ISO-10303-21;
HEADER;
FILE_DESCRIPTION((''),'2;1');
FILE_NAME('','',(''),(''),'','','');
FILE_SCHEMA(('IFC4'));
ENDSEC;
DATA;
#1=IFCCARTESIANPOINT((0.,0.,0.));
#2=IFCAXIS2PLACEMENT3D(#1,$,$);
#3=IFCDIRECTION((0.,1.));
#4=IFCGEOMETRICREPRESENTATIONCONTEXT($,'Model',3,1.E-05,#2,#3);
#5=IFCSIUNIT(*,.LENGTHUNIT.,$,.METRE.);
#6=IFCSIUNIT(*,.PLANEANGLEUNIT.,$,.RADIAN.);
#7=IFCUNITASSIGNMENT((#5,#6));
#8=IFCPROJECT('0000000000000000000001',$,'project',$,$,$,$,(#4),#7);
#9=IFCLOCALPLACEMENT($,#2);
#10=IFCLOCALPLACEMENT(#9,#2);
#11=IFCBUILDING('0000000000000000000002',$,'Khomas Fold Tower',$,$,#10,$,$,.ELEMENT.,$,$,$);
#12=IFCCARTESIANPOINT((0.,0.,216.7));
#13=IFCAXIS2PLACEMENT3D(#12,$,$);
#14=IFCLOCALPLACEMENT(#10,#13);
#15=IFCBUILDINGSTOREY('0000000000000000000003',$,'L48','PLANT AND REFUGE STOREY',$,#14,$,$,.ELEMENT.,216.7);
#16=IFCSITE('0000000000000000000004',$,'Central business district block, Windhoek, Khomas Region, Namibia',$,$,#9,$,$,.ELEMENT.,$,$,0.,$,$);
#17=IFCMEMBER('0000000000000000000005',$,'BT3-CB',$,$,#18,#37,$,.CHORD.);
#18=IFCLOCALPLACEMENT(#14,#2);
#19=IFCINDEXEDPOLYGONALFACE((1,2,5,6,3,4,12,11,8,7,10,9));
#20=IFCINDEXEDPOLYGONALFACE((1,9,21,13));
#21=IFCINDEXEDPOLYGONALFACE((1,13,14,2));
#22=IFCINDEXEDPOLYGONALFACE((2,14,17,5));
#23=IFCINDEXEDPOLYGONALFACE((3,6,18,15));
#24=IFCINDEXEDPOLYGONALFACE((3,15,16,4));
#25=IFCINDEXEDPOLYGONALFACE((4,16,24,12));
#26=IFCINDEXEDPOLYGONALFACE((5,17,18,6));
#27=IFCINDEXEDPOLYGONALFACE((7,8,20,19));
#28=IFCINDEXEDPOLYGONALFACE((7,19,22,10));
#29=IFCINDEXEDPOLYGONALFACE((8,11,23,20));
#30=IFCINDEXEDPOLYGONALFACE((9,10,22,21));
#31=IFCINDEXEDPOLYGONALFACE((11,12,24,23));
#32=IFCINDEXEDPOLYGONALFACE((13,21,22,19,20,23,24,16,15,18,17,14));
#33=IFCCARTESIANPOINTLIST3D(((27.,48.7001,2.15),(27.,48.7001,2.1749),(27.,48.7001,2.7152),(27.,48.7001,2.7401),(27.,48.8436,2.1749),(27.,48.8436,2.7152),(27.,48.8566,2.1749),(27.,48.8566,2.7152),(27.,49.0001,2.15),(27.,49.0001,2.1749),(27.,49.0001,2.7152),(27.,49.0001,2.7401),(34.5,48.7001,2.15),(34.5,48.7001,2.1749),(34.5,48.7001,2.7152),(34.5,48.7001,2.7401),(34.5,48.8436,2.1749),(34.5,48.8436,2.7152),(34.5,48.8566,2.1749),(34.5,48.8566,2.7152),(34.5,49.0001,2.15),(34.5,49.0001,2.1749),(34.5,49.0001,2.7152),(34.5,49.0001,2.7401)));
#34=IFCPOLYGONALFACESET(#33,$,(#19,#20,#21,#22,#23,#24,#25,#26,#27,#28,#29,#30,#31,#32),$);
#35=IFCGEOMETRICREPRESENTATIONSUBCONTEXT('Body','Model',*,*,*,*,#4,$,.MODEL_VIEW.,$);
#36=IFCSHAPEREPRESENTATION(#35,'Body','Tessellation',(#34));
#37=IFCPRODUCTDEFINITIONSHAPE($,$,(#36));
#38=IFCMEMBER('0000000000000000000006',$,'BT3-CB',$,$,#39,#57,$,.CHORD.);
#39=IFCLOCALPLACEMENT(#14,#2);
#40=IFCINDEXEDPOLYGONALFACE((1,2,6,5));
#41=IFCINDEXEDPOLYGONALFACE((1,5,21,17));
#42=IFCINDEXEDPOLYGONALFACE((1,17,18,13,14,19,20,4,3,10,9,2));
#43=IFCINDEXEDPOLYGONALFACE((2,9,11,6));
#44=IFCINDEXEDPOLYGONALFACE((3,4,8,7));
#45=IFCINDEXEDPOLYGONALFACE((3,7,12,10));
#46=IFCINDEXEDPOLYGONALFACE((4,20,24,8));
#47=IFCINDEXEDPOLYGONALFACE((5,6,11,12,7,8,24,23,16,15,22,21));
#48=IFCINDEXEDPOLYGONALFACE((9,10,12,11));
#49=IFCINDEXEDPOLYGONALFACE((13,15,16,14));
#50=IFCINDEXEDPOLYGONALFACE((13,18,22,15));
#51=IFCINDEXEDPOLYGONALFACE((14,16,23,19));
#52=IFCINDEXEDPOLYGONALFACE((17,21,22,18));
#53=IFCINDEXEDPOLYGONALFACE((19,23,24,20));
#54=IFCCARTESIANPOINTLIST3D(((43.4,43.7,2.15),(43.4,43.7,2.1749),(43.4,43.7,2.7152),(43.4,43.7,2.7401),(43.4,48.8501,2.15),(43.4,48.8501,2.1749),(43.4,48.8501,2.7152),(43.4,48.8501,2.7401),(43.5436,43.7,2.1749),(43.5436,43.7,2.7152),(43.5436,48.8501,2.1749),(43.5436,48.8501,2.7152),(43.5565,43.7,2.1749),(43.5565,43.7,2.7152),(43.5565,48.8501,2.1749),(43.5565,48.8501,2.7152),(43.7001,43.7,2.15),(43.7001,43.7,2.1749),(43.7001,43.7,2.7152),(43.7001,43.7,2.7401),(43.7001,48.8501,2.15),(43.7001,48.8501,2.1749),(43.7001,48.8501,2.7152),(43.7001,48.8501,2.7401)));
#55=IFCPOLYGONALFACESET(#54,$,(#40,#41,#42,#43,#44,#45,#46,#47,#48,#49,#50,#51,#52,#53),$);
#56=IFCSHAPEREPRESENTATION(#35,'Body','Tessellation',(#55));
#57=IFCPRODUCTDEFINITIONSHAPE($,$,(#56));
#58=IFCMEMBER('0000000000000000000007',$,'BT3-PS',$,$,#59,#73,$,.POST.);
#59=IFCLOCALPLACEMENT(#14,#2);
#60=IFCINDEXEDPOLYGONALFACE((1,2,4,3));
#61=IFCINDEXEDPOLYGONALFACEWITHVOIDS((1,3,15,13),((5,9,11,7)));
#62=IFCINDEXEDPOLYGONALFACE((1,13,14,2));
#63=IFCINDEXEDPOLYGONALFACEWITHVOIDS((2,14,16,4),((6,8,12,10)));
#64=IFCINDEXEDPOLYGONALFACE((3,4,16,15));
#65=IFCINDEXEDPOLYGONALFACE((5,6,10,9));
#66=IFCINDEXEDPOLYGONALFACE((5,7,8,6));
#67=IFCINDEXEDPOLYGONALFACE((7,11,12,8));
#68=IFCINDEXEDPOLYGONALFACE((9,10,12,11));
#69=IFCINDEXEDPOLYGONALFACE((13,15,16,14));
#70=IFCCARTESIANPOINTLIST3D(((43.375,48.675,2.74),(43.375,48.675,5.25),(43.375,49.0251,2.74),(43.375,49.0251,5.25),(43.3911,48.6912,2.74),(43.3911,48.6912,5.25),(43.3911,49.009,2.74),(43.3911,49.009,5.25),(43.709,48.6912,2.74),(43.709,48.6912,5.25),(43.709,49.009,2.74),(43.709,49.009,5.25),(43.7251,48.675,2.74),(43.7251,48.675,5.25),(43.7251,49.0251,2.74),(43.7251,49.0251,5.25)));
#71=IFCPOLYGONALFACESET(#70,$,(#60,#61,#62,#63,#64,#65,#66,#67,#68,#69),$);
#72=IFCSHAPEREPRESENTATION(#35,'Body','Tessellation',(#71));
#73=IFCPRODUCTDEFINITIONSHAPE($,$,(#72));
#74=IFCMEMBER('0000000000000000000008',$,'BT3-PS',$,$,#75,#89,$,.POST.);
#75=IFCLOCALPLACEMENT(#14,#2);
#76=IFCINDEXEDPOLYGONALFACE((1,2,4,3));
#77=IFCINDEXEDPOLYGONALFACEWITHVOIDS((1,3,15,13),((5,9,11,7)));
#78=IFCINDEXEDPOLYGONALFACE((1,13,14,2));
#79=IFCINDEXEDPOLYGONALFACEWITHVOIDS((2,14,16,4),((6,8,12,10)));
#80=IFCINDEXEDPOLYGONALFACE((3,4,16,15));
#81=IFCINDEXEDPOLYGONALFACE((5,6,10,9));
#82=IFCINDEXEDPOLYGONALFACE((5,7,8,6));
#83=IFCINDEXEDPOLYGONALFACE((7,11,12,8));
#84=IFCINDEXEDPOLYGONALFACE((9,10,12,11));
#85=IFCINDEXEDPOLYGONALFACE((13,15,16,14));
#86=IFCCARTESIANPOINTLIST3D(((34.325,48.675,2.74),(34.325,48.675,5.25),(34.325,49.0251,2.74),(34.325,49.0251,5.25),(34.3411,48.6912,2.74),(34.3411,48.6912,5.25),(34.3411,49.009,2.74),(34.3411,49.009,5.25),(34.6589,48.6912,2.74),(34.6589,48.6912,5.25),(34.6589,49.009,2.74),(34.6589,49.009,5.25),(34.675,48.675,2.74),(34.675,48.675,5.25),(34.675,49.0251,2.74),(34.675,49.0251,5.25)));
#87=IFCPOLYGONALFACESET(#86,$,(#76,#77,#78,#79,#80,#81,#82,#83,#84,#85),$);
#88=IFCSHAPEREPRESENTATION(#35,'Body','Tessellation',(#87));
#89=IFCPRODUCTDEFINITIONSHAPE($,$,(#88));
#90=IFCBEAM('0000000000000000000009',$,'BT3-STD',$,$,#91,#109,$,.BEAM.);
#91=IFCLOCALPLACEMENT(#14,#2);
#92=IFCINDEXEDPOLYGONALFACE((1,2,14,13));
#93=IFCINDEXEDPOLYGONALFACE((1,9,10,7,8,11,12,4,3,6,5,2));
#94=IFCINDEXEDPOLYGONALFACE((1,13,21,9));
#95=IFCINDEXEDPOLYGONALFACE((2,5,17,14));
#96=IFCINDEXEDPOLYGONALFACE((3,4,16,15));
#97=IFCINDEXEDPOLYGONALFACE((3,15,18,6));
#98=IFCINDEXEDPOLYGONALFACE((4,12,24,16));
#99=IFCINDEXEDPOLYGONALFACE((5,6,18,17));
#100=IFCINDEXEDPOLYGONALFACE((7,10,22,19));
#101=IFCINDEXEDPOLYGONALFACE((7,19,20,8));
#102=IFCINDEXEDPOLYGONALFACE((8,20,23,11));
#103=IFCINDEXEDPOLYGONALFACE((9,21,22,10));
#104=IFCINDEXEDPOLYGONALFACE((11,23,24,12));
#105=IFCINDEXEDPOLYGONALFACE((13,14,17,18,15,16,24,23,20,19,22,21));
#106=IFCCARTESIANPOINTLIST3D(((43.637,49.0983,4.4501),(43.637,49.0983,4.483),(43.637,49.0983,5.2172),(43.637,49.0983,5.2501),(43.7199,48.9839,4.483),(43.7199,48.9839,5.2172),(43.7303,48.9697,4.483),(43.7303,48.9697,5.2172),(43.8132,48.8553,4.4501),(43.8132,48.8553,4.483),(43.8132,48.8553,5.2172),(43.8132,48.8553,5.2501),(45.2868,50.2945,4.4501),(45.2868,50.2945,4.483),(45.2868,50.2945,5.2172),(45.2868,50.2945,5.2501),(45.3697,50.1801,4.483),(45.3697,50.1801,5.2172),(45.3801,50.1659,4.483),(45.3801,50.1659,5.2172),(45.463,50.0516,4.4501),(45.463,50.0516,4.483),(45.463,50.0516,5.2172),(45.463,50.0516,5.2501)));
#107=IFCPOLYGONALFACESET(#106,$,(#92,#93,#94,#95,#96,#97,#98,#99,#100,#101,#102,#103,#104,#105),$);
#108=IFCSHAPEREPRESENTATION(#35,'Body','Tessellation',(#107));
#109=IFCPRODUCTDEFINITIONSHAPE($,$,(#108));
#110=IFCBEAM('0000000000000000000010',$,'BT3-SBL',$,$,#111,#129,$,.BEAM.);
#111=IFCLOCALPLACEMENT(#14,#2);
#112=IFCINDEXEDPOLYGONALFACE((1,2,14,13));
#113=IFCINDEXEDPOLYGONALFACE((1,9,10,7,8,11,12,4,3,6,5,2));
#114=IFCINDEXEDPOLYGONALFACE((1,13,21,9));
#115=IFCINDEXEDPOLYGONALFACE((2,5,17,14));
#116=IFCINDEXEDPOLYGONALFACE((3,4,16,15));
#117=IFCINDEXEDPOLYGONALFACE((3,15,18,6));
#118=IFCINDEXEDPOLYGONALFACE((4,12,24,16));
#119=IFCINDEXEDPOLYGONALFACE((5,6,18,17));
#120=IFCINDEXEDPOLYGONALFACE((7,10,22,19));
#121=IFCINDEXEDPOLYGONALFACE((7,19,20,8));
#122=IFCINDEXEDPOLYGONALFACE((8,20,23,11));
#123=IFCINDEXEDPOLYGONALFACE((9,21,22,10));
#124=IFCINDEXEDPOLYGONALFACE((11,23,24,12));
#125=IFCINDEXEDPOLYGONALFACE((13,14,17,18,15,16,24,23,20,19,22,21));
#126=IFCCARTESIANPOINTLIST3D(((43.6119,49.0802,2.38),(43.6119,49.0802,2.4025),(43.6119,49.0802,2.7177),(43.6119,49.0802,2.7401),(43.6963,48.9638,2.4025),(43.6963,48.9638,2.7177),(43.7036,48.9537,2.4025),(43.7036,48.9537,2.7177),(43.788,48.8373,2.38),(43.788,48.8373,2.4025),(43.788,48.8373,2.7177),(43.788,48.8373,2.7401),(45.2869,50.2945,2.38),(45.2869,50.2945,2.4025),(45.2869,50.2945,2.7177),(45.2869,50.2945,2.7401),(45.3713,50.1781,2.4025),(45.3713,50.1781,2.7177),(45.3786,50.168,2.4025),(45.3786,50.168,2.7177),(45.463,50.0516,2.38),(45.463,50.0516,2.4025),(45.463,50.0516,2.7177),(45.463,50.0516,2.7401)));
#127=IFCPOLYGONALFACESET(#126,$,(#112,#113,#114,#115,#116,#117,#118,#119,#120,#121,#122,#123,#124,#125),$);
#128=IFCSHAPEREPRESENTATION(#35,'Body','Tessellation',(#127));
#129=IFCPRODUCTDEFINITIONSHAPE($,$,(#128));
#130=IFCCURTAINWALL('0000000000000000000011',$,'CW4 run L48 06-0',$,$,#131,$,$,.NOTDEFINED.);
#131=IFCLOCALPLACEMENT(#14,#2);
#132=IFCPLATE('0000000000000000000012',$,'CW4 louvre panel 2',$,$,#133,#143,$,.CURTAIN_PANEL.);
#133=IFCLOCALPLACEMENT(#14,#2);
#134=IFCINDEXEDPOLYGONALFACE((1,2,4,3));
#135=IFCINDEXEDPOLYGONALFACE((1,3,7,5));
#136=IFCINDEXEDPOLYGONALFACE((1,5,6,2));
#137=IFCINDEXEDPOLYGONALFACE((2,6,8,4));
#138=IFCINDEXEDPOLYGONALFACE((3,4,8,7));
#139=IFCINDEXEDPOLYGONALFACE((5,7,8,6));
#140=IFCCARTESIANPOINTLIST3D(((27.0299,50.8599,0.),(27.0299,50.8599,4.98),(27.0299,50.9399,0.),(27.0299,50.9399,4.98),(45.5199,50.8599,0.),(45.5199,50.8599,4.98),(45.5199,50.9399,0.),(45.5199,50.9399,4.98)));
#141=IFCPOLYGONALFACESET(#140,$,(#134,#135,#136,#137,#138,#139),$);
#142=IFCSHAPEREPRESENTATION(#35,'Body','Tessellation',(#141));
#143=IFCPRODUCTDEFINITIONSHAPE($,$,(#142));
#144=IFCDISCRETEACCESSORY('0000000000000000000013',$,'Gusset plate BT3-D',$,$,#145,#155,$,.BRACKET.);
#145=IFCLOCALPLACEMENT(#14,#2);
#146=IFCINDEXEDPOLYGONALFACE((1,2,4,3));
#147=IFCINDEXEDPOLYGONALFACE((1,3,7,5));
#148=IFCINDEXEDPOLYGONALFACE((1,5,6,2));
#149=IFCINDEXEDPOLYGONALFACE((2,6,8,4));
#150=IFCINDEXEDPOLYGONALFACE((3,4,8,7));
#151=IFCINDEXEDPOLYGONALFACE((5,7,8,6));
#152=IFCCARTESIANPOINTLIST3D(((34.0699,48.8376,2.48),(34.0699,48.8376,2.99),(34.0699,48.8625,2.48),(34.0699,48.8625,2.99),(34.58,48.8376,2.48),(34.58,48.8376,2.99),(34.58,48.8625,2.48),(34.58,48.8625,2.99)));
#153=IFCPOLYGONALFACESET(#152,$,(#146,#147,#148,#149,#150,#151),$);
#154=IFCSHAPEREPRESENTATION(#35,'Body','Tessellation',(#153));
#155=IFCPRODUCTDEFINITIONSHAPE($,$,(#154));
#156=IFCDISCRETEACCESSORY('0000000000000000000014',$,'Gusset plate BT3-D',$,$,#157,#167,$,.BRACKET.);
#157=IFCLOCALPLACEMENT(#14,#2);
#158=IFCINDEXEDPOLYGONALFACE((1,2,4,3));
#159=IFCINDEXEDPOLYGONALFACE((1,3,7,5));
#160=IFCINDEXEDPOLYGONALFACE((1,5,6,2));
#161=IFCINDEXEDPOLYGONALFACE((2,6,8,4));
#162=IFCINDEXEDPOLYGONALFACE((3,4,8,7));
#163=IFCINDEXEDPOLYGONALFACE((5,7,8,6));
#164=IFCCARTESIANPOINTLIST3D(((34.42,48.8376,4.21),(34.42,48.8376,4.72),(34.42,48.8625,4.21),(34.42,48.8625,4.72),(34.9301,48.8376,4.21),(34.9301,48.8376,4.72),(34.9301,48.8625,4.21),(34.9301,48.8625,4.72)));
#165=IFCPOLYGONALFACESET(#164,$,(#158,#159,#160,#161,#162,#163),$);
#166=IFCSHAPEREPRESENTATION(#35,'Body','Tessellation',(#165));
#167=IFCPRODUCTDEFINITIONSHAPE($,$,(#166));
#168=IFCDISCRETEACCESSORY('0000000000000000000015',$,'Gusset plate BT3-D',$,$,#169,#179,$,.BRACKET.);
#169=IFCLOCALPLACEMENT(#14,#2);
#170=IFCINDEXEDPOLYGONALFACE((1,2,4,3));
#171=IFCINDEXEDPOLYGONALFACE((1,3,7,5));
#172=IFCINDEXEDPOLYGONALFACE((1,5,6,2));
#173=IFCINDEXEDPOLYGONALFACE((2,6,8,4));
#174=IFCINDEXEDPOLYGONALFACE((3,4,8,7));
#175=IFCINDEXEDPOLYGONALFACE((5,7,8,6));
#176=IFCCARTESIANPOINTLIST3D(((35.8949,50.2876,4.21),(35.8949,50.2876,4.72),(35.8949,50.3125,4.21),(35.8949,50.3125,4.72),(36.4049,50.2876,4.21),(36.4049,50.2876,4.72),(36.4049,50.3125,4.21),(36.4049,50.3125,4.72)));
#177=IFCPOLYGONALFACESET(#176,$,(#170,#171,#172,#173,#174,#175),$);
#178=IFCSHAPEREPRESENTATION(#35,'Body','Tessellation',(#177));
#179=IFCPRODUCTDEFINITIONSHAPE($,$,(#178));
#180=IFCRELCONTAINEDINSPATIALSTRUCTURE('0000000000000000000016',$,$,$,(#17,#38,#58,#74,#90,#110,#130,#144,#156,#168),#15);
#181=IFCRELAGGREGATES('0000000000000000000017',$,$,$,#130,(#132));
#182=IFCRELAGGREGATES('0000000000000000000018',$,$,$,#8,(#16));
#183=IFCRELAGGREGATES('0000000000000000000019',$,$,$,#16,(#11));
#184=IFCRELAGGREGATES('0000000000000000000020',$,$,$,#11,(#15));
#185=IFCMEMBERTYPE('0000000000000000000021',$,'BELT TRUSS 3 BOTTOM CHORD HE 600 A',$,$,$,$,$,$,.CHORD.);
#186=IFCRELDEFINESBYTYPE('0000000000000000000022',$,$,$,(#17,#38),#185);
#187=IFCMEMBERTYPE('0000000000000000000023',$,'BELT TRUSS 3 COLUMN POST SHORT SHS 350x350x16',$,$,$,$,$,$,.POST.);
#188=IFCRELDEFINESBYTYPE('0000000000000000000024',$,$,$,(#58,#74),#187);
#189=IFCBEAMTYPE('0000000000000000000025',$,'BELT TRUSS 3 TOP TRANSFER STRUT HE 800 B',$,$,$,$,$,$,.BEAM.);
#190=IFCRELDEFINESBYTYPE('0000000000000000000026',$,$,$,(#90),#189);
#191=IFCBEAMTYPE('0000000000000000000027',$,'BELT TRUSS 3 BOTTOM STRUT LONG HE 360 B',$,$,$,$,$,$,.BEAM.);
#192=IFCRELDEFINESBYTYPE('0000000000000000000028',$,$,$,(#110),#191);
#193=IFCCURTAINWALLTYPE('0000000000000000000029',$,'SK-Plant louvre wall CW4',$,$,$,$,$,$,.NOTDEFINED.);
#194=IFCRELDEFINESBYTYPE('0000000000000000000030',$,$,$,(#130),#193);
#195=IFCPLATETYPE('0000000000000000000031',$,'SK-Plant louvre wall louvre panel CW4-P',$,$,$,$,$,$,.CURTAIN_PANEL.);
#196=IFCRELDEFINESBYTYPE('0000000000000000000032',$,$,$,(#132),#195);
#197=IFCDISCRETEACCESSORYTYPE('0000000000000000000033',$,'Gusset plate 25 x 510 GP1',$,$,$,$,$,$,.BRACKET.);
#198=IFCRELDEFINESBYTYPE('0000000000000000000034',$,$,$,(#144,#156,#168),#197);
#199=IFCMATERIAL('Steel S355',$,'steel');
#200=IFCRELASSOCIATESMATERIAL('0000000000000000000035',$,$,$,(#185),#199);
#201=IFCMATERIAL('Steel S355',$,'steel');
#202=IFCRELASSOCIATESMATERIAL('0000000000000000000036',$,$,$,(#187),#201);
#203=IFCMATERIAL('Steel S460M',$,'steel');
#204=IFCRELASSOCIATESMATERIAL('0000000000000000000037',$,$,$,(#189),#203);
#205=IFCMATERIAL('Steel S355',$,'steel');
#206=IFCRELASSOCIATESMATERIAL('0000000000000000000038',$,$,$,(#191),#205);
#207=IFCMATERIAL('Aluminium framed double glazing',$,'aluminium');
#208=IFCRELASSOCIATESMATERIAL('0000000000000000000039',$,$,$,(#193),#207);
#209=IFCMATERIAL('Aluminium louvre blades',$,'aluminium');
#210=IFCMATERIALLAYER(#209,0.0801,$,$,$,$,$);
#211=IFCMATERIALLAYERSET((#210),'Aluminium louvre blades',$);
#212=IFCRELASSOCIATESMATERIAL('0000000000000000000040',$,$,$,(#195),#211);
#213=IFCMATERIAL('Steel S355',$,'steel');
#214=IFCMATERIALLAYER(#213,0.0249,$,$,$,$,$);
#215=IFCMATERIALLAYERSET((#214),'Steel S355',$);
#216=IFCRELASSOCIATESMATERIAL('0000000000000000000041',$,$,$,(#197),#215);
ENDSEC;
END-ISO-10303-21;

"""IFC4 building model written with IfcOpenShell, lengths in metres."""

from ifc_helpers import new_model, si_unit, direction, frame, origin, origin_2d, place, context, subcontext, project, spatial, rectangle, hollow_rectangle, i_section, extrude, source, transform, mapped, material, layer, layer_set, material_profile, profile_set, type_object, element, aggregate, save


model = new_model("IFC4")

# Units and contexts
model_context = context("Model", 3, precision=1e-05, world=origin(), true_north=direction((0.0, 1.0)))
body_context = subcontext(model_context, "Body", "Model", "MODEL_VIEW")
ifc_project = project(units=[si_unit("LENGTHUNIT", "METRE"), si_unit("PLANEANGLEUNIT", "RADIAN")], contexts=[model_context])

# Site, building, storey
site_placement = place(None, origin())
site = spatial("IfcSite", under=ifc_project, at=site_placement, Name="Central business district block, Windhoek, Khomas Region, Namibia", CompositionType="ELEMENT", RefElevation=0.0)
building_placement = place(site_placement, origin())
building = spatial("IfcBuilding", under=site, at=building_placement, Name="Khomas Fold Tower", CompositionType="ELEMENT")
storey_placement = place(building_placement, frame((0.0, 0.0, 216.7)))
storey = spatial("IfcBuildingStorey", under=building, at=storey_placement, Name="L48", Description="PLANT AND REFUGE STOREY", CompositionType="ELEMENT", Elevation=216.7)

# Members
ifc_material_1 = material(Name="Steel S355", Category="steel")
ifc_material_profile_1 = material_profile(ifc_material_1, i_section(OverallWidth=0.3, OverallDepth=0.5901, WebThickness=0.0129, FlangeThickness=0.0249, at=origin_2d()), Name="HE 600 A")
ifc_profile_set_1 = profile_set([ifc_material_profile_1], Name="Steel S355")
member_type_1 = type_object("IfcMemberType", Name="BELT TRUSS 3 BOTTOM CHORD HE 600 A", PredefinedType="CHORD", material=ifc_profile_set_1)
shared_shape_1 = source(origin(), body_context, "Body", "SweptSolid", [
    extrude(i_section(OverallWidth=0.3, OverallDepth=0.5901, WebThickness=0.0129, FlangeThickness=0.0249, at=origin_2d()), origin(), (0.0, 0.0, 1.0), 7.5),
])
member_1_placement = place(storey_placement, frame((34.5, 48.8501, 2.4451), z_axis=(-1.0, 0.0, 0.0), x_axis=(0.0, -1.0, 0.0)))
element("IfcMember", 1, at=member_1_placement, inside=storey, type_object=member_type_1, Name="BT3-CB", PredefinedType="CHORD", context=body_context, shape_type="MappedRepresentation", body=[
    mapped(shared_shape_1, transform((0.0, 0.0, 0.0))),
])
shared_shape_2 = source(origin(), body_context, "Body", "SweptSolid", [
    extrude(i_section(OverallWidth=0.3, OverallDepth=0.5901, WebThickness=0.0129, FlangeThickness=0.0249, at=origin_2d()), origin(), (0.0, 0.0, 1.0), 5.1501),
])
member_2_placement = place(storey_placement, frame((43.55, 48.8501, 2.4451), z_axis=(0.0, -1.0, 0.0), x_axis=(1.0, 0.0, 0.0)))
element("IfcMember", 2, at=member_2_placement, inside=storey, type_object=member_type_1, Name="BT3-CB", PredefinedType="CHORD", context=body_context, shape_type="MappedRepresentation", body=[
    mapped(shared_shape_2, transform((0.0, 0.0, 0.0))),
])
ifc_material_2 = material(Name="Steel S355", Category="steel")
ifc_material_profile_2 = material_profile(ifc_material_2, hollow_rectangle(XDim=0.3501, YDim=0.3501, WallThickness=0.0161, at=origin_2d()), Name="SHS 350x350x16")
ifc_profile_set_2 = profile_set([ifc_material_profile_2], Name="Steel S355")
member_type_2 = type_object("IfcMemberType", Name="BELT TRUSS 3 COLUMN POST SHORT SHS 350x350x16", PredefinedType="POST", material=ifc_profile_set_2)
shared_shape_3 = source(origin(), body_context, "Body", "SweptSolid", [
    extrude(hollow_rectangle(XDim=0.3501, YDim=0.3501, WallThickness=0.0161, at=origin_2d()), origin(), (0.0, 0.0, 1.0), 2.51),
])
for number, where, z_axis, x_axis, name in (
    (3, (43.55, 48.8501, 2.74), (0.0, 0.0, 1.0), (1.0, 0.0, 0.0), "BT3-PS"),
    (4, (34.5, 48.8501, 2.74), (0.0, 0.0, 1.0), (1.0, 0.0, 0.0), "BT3-PS"),
):
    element("IfcMember", number, at=place(storey_placement, frame(where, z_axis=z_axis, x_axis=x_axis)), inside=storey, type_object=member_type_2, Name=name, PredefinedType="POST", context=body_context, shape_type="MappedRepresentation", body=[
        mapped(shared_shape_3, transform((0.0, 0.0, 0.0))),
    ])

# Beams
ifc_material_3 = material(Name="Steel S460M", Category="steel")
ifc_material_profile_3 = material_profile(ifc_material_3, i_section(OverallWidth=0.3, OverallDepth=0.8, WebThickness=0.0176, FlangeThickness=0.033, at=origin_2d()), Name="HE 800 B")
ifc_profile_set_3 = profile_set([ifc_material_profile_3], Name="Steel S460M")
beam_type_1 = type_object("IfcBeamType", Name="BELT TRUSS 3 TOP TRANSFER STRUT HE 800 B", PredefinedType="BEAM", material=ifc_profile_set_3)
shared_shape_4 = source(origin(), body_context, "Body", "SweptSolid", [
    extrude(i_section(OverallWidth=0.3, OverallDepth=0.8, WebThickness=0.0176, FlangeThickness=0.033, at=origin_2d()), origin(), (0.0, 0.0, 1.0), 2.0378),
])
beam_1_placement = place(storey_placement, frame((43.7251, 48.9768, 4.8501), z_axis=(0.809585, 0.587003, 0.0), x_axis=(-0.587003, 0.809585, 0.0)))
element("IfcBeam", 5, at=beam_1_placement, inside=storey, type_object=beam_type_1, Name="BT3-STD", PredefinedType="BEAM", context=body_context, shape_type="MappedRepresentation", body=[
    mapped(shared_shape_4, transform((0.0, 0.0, 0.0))),
])
ifc_material_4 = material(Name="Steel S355", Category="steel")
ifc_material_profile_4 = material_profile(ifc_material_4, i_section(OverallWidth=0.3, OverallDepth=0.3601, WebThickness=0.0125, FlangeThickness=0.0225, at=origin_2d()), Name="HE 360 B")
ifc_profile_set_4 = profile_set([ifc_material_profile_4], Name="Steel S355")
beam_type_2 = type_object("IfcBeamType", Name="BELT TRUSS 3 BOTTOM STRUT LONG HE 360 B", PredefinedType="BEAM", material=ifc_profile_set_4)
shared_shape_5 = source(origin(), body_context, "Body", "SweptSolid", [
    extrude(i_section(OverallWidth=0.3, OverallDepth=0.3601, WebThickness=0.0125, FlangeThickness=0.0225, at=origin_2d()), origin(), (0.0, 0.0, 1.0), 2.0688),
])
beam_2_placement = place(storey_placement, frame((43.7, 48.9587, 2.5601), z_axis=(0.809623, 0.58695, 0.0), x_axis=(-0.58695, 0.809623, 0.0)))
element("IfcBeam", 6, at=beam_2_placement, inside=storey, type_object=beam_type_2, Name="BT3-SBL", PredefinedType="BEAM", context=body_context, shape_type="MappedRepresentation", body=[
    mapped(shared_shape_5, transform((0.0, 0.0, 0.0))),
])

# Curtain wall, plate
ifc_material_5 = material(Name="Aluminium framed double glazing", Category="aluminium")
curtain_wall_type = type_object("IfcCurtainWallType", Name="SK-Plant louvre wall CW4", PredefinedType="NOTDEFINED", material=ifc_material_5)
curtain_wall_placement = place(storey_placement, origin())
curtain_wall = element("IfcCurtainWall", 7, at=curtain_wall_placement, inside=storey, type_object=curtain_wall_type, Name="CW4 run L48 06-0", PredefinedType="NOTDEFINED")
ifc_material_6 = material(Name="Aluminium louvre blades", Category="aluminium")
ifc_layer_1 = layer(ifc_material_6, 0.0801)
ifc_layer_set_1 = layer_set([ifc_layer_1], Name="Aluminium louvre blades")
plate_type = type_object("IfcPlateType", Name="SK-Plant louvre wall louvre panel CW4-P", PredefinedType="CURTAIN_PANEL", material=ifc_layer_set_1)
shared_shape_6 = source(origin(), body_context, "Body", "SweptSolid", [
    extrude(rectangle(XDim=18.49, YDim=0.0801, at=origin_2d()), origin(), (0.0, 0.0, 1.0), 4.98),
])
plate_placement = place(storey_placement, frame((36.2749, 50.8999, 0.0), z_axis=(0.0, 0.0, 1.0), x_axis=(-1.0, 0.0, 0.0)))
plate = element("IfcPlate", 8, at=plate_placement, type_object=plate_type, Name="CW4 louvre panel 2", PredefinedType="CURTAIN_PANEL", context=body_context, shape_type="MappedRepresentation", body=[
    mapped(shared_shape_6, transform((0.0, 0.0, 0.0))),
])
aggregate(curtain_wall, [plate])

# Discrete accessories
ifc_material_7 = material(Name="Steel S355", Category="steel")
ifc_layer_2 = layer(ifc_material_7, 0.0249)
ifc_layer_set_2 = layer_set([ifc_layer_2], Name="Steel S355")
discrete_accessory_type = type_object("IfcDiscreteAccessoryType", Name="Gusset plate 25 x 510 GP1", PredefinedType="BRACKET", material=ifc_layer_set_2)
shared_shape_7 = source(origin(), body_context, "Body", "SweptSolid", [
    extrude(rectangle(XDim=0.51, YDim=0.0249, at=origin_2d()), origin(), (0.0, 0.0, 1.0), 0.51),
])
for number, where, z_axis, x_axis, name in (
    (9, (34.325, 48.8501, 2.48), (0.0, 0.0, 1.0), (1.0, 0.0, 0.0), "Gusset plate BT3-D"),
    (10, (34.675, 48.8501, 4.21), (0.0, 0.0, 1.0), (1.0, 0.0, 0.0), "Gusset plate BT3-D"),
    (11, (36.1499, 50.3, 4.21), (0.0, 0.0, 1.0), (1.0, 0.0, 0.0), "Gusset plate BT3-D"),
):
    element("IfcDiscreteAccessory", number, at=place(storey_placement, frame(where, z_axis=z_axis, x_axis=x_axis)), inside=storey, type_object=discrete_accessory_type, Name=name, PredefinedType="BRACKET", context=body_context, shape_type="MappedRepresentation", body=[
        mapped(shared_shape_7, transform((0.0, 0.0, 0.0))),
    ])

save(model, "model.ifc")
